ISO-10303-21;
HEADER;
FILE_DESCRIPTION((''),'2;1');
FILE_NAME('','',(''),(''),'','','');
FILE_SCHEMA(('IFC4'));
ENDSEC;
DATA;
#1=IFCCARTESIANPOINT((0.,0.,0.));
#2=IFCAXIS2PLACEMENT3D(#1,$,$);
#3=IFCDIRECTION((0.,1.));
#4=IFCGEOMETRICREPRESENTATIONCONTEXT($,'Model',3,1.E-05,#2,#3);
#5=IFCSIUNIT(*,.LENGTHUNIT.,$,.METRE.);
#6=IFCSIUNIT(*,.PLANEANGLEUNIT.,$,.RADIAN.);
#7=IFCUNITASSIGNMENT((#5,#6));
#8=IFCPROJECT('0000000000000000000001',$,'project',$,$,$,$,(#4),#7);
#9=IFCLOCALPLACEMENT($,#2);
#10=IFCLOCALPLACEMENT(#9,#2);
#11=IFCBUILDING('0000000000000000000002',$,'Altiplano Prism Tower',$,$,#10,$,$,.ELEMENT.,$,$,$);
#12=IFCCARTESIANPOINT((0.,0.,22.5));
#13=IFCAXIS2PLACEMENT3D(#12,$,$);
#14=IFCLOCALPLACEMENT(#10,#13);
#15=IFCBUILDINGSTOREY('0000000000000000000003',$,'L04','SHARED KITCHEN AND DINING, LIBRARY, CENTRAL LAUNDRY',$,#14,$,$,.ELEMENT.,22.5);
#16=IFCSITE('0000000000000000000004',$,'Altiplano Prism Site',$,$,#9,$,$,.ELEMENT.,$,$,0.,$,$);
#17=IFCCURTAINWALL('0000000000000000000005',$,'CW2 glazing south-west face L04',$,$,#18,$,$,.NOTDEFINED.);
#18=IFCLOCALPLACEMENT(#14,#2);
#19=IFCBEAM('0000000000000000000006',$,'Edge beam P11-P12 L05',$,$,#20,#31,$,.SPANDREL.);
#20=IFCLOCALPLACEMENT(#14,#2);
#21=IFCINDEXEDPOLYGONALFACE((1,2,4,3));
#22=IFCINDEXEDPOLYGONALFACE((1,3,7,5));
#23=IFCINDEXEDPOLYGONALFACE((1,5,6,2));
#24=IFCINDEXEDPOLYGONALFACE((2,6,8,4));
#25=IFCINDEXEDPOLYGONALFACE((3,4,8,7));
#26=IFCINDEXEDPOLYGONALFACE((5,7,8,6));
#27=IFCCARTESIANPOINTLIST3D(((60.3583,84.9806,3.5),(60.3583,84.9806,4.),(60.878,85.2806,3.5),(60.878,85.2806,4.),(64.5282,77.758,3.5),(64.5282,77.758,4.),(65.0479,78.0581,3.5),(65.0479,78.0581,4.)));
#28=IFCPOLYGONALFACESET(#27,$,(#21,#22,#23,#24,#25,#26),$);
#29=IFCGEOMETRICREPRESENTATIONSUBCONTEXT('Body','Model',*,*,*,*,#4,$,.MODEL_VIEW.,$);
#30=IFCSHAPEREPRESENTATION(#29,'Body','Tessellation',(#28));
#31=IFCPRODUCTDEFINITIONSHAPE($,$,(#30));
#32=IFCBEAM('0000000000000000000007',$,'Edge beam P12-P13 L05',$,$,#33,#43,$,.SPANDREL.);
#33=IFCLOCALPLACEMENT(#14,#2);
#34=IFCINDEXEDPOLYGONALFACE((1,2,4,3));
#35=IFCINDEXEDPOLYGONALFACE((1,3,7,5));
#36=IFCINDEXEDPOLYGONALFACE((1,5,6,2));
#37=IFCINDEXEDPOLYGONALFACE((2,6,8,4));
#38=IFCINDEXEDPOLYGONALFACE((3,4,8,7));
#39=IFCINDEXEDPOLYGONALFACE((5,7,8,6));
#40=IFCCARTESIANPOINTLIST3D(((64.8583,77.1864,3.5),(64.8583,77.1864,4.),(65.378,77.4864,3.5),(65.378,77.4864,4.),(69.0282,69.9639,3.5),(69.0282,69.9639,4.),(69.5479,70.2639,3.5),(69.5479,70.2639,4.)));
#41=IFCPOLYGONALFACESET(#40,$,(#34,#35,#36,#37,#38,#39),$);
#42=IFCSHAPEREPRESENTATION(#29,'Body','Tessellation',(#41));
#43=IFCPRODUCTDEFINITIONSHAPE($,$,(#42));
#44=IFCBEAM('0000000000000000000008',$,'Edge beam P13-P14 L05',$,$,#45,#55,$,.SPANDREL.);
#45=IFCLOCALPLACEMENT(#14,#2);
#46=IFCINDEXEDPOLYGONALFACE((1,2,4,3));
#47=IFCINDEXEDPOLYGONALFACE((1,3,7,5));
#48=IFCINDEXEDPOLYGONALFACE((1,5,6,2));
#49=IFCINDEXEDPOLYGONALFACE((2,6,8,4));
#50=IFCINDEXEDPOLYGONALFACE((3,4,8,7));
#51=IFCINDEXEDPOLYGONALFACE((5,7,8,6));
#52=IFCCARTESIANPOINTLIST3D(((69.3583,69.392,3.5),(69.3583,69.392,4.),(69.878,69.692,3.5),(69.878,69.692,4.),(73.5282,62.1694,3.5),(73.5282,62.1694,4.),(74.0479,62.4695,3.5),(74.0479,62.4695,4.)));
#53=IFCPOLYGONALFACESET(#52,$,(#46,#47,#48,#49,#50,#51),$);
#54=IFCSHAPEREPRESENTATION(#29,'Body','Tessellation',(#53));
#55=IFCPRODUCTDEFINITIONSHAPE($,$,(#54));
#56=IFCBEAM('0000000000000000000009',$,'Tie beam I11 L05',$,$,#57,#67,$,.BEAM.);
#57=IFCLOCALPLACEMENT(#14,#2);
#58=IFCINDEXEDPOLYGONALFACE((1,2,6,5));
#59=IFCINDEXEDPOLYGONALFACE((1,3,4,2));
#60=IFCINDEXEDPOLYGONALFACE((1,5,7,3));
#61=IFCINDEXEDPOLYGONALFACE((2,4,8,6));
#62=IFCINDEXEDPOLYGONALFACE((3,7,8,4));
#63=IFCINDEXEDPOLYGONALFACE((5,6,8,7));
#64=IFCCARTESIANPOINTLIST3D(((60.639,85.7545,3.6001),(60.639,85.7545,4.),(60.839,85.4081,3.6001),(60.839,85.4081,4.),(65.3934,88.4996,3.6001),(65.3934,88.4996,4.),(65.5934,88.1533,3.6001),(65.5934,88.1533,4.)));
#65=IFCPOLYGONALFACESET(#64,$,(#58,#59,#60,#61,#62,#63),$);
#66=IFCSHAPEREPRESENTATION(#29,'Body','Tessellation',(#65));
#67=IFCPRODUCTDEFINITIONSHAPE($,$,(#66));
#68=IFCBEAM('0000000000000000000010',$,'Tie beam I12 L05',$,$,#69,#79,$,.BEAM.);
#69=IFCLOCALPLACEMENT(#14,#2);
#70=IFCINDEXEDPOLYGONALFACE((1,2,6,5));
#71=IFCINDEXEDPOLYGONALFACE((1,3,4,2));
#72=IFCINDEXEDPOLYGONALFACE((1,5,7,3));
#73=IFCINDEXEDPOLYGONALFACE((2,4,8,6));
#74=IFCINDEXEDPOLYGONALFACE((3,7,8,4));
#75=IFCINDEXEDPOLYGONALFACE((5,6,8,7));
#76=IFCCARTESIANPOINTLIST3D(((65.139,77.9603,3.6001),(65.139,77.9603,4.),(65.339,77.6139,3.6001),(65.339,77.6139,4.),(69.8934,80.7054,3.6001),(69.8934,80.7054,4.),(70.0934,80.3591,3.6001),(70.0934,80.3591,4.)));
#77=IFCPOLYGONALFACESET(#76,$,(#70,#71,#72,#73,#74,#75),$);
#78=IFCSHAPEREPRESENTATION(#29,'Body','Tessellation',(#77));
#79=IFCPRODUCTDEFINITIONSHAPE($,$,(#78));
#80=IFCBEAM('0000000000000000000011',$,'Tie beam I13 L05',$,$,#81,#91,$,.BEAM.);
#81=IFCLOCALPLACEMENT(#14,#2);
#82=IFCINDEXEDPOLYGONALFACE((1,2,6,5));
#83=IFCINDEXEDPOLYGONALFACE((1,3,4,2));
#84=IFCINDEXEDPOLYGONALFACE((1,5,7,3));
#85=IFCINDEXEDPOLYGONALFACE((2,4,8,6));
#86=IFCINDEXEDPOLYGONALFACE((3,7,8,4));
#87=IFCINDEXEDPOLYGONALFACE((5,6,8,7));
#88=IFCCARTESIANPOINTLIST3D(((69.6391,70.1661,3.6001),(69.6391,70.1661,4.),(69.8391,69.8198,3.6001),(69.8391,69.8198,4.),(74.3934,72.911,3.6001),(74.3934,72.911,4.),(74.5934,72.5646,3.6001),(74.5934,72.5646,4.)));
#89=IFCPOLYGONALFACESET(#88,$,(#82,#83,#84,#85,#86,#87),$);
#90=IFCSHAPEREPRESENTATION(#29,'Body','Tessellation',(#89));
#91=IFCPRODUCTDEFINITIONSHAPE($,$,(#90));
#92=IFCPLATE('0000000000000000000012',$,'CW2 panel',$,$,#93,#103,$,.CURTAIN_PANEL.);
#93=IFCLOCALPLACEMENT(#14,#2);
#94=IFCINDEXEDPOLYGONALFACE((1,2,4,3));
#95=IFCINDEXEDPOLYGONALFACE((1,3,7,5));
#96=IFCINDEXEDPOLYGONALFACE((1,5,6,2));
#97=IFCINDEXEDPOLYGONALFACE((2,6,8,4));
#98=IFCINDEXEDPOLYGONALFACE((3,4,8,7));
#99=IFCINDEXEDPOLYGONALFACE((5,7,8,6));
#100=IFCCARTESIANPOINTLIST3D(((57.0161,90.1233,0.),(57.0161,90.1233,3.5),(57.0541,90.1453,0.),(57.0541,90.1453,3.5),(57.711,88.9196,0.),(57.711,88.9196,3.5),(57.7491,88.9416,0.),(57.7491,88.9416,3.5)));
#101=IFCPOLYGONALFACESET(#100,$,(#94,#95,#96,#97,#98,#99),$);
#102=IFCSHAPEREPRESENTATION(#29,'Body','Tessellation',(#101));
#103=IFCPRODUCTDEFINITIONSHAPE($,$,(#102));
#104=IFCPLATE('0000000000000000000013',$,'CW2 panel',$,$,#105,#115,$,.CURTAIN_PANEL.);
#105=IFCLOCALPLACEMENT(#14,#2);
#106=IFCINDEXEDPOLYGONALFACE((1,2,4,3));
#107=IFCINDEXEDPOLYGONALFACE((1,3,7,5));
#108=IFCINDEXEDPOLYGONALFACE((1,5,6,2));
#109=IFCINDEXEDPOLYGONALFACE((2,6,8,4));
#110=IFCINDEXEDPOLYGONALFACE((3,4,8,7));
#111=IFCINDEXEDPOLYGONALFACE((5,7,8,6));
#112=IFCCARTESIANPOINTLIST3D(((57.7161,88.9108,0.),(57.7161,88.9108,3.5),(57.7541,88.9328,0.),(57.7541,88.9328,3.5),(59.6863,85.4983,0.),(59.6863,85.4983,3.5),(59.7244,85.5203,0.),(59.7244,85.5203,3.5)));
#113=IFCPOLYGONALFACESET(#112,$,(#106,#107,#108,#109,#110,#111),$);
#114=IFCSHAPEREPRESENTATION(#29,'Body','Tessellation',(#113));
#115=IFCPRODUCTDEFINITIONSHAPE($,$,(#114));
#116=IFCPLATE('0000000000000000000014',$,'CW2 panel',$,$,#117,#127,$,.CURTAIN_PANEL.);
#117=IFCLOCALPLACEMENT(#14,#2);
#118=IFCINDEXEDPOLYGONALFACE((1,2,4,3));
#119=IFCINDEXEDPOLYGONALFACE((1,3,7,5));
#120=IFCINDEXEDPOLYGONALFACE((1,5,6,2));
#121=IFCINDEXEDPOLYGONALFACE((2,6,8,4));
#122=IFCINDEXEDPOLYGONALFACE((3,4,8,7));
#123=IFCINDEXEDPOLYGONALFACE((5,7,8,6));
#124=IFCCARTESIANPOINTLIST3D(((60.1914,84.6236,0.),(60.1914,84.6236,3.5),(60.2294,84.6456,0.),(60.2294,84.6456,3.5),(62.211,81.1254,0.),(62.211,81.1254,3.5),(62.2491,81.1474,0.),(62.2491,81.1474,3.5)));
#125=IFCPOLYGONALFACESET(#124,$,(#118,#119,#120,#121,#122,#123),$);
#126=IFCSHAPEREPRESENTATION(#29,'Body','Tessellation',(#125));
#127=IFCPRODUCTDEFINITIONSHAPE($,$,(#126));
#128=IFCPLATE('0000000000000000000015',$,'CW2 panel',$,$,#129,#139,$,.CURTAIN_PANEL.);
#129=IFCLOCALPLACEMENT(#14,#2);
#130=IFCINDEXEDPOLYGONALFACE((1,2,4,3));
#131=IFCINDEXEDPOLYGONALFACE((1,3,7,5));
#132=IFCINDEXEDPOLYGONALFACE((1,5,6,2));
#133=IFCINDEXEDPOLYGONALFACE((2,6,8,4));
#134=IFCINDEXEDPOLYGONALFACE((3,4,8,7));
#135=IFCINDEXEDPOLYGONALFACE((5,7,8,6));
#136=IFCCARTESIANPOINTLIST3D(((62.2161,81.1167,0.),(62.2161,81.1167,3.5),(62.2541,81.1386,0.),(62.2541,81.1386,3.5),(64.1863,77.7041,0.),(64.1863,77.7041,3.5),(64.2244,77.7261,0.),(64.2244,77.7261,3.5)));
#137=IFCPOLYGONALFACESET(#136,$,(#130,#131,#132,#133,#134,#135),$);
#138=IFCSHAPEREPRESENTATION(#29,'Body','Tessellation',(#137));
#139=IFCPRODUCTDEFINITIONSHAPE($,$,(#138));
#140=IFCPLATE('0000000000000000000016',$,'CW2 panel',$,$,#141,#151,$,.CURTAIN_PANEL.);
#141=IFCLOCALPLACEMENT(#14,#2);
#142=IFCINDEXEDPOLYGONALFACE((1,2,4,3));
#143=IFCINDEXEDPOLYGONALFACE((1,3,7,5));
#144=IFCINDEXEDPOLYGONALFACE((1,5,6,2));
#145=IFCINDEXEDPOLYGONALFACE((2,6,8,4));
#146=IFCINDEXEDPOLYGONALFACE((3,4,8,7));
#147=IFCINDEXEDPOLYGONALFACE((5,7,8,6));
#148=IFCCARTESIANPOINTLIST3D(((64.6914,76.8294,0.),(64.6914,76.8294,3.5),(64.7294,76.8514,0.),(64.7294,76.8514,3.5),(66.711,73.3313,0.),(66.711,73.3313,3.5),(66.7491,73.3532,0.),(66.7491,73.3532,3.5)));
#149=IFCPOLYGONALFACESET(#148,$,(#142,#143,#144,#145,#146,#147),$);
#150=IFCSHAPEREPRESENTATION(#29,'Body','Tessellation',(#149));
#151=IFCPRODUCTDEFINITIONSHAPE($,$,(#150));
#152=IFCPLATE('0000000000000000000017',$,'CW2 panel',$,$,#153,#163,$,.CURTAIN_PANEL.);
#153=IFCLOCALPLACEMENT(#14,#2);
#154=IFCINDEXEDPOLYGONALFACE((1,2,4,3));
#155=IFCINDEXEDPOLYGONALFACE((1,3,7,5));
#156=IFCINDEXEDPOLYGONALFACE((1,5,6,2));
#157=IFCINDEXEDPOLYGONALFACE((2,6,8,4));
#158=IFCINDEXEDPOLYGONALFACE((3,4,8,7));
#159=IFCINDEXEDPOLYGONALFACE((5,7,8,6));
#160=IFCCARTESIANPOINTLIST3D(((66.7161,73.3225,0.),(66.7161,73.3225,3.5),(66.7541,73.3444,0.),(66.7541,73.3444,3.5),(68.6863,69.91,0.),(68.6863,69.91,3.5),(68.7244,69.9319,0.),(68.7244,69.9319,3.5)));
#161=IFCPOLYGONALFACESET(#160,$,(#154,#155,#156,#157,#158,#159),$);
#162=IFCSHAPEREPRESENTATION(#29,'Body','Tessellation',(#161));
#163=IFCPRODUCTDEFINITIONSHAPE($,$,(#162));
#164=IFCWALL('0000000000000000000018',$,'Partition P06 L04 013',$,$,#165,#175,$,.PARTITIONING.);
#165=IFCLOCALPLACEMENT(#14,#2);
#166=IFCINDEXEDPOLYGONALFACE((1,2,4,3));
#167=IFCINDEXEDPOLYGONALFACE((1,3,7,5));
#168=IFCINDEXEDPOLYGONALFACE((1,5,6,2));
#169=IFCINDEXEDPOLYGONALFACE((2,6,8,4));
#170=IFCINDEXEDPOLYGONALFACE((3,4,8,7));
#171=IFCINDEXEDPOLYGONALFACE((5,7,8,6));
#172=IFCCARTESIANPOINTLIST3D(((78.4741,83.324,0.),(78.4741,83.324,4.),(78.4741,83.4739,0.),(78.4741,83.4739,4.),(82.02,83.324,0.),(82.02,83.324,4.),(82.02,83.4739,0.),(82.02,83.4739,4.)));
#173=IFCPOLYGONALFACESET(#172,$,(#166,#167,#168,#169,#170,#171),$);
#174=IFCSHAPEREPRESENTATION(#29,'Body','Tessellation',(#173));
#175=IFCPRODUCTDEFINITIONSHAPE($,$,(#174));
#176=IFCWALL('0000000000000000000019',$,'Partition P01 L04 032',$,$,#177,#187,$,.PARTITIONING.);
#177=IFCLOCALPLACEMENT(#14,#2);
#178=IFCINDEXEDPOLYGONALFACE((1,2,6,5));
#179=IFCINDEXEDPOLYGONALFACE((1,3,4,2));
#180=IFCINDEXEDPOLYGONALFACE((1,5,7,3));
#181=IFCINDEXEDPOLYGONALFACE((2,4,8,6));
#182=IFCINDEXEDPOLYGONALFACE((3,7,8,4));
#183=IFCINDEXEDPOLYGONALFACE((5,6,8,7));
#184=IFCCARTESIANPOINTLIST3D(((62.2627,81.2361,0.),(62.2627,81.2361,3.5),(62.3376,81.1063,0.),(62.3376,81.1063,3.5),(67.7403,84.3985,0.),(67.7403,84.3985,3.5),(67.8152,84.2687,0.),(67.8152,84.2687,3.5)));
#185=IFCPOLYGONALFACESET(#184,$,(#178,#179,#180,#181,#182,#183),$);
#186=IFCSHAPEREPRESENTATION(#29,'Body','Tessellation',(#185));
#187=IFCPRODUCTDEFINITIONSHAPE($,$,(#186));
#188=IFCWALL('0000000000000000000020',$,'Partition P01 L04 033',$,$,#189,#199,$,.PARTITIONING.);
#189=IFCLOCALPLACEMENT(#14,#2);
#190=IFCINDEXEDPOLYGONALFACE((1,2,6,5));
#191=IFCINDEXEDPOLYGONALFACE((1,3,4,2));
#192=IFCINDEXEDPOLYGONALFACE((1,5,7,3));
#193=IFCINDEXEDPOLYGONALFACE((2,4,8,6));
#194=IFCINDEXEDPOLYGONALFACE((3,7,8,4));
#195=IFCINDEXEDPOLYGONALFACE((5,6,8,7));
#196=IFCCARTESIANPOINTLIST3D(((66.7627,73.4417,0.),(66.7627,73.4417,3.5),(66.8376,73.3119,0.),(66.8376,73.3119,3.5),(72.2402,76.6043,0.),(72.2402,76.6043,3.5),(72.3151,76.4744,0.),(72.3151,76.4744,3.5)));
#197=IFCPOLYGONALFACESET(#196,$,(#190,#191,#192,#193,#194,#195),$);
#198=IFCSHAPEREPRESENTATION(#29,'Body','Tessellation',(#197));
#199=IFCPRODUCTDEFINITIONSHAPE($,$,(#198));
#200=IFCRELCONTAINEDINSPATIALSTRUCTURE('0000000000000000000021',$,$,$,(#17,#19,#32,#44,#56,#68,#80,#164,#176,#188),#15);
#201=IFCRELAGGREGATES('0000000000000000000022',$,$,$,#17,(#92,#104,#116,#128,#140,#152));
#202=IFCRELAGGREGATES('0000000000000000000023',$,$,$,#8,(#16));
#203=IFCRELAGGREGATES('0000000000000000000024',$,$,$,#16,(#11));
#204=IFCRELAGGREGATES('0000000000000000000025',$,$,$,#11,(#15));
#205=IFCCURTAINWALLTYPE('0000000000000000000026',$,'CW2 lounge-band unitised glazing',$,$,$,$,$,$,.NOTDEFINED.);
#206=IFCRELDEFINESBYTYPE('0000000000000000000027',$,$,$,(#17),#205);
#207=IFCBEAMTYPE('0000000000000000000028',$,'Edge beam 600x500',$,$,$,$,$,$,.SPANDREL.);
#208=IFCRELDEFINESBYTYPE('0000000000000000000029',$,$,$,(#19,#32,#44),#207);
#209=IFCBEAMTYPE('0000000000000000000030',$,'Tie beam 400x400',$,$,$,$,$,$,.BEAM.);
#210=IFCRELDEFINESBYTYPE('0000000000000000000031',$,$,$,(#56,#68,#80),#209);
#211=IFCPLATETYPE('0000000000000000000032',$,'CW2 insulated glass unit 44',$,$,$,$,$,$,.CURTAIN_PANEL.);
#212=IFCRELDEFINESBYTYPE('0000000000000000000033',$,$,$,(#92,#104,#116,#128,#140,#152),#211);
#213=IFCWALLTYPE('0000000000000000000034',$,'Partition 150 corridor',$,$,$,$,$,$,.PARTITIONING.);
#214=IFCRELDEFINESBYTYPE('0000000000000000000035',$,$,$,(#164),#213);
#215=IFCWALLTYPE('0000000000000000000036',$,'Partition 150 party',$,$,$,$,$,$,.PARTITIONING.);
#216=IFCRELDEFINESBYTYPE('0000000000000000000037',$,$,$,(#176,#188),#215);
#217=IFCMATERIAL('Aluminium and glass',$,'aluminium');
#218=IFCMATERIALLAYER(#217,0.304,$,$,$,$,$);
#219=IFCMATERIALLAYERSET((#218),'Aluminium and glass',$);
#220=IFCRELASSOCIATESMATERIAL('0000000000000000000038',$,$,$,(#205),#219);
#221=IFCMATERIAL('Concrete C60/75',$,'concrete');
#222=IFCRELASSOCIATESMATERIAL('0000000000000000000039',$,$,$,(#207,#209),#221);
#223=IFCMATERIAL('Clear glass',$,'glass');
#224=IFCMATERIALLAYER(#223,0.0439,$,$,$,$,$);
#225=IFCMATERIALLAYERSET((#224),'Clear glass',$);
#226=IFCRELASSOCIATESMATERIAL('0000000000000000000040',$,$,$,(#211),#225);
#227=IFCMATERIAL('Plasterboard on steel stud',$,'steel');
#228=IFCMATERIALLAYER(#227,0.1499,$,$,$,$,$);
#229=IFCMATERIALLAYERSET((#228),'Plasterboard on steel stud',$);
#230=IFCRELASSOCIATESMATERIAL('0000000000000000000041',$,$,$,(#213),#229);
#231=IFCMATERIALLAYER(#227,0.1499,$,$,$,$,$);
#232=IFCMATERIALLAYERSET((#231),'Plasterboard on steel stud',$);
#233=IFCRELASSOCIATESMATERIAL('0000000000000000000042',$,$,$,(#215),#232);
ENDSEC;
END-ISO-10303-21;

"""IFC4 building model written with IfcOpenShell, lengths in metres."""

from ifc_helpers import new_model, si_unit, direction, frame, frame_2d, origin, origin_2d, place, context, subcontext, project, spatial, rectangle, extrude, material, layer, layer_set, material_profile, profile_set, type_object, element, aggregate, save


model = new_model("IFC4")

# Units and contexts
model_context = context("Model", 3, precision=1e-05, world=origin(), true_north=direction((0.0, 1.0)))
body_context = subcontext(model_context, "Body", "Model", "MODEL_VIEW")
ifc_project = project(units=[si_unit("LENGTHUNIT", "METRE"), si_unit("PLANEANGLEUNIT", "RADIAN")], contexts=[model_context])

# Site, building, storey
site_placement = place(None, origin())
site = spatial("IfcSite", under=ifc_project, at=site_placement, Name="Altiplano Prism Site", CompositionType="ELEMENT", RefElevation=0.0)
building_placement = place(site_placement, origin())
building = spatial("IfcBuilding", under=site, at=building_placement, Name="Altiplano Prism Tower", CompositionType="ELEMENT")
storey_placement = place(building_placement, frame((0.0, 0.0, 22.5)))
storey = spatial("IfcBuildingStorey", under=building, at=storey_placement, Name="L04", Description="SHARED KITCHEN AND DINING, LIBRARY, CENTRAL LAUNDRY", CompositionType="ELEMENT", Elevation=22.5)

# Shared definitions
ifc_material_1 = material(Name="Concrete C60/75", Category="concrete")

# Curtain wall
ifc_material_2 = material(Name="Aluminium and glass", Category="aluminium")
ifc_layer_1 = layer(ifc_material_2, 0.304)
ifc_layer_set_1 = layer_set([ifc_layer_1], Name="Aluminium and glass")
curtain_wall_type = type_object("IfcCurtainWallType", Name="CW2 lounge-band unitised glazing", PredefinedType="NOTDEFINED", material=ifc_layer_set_1)
curtain_wall_placement = place(storey_placement, origin())
curtain_wall = element("IfcCurtainWall", 1, at=curtain_wall_placement, inside=storey, type_object=curtain_wall_type, Name="CW2 glazing south-west face L04", PredefinedType="NOTDEFINED")

# Beams
ifc_material_profile_1 = material_profile(ifc_material_1, rectangle(XDim=0.6001, YDim=0.5, at=origin_2d()), Name="Edge beam 600x500")
ifc_profile_set_1 = profile_set([ifc_material_profile_1], Name="Concrete C60/75")
beam_type_1 = type_object("IfcBeamType", Name="Edge beam 600x500", PredefinedType="SPANDREL", material=ifc_profile_set_1)
for number, where, z_axis, x_axis, name in (
    (2, (60.6182, 85.1306, 3.75), (0.499993, -0.86603, 0.0), (0.86603, 0.499993, 0.0), "Edge beam P11-P12 L05"),
    (3, (65.1182, 77.3364, 3.75), (0.499993, -0.86603, 0.0), (0.86603, 0.499993, 0.0), "Edge beam P12-P13 L05"),
    (4, (69.6182, 69.542, 3.75), (0.499993, -0.86603, 0.0), (0.86603, 0.499993, 0.0), "Edge beam P13-P14 L05"),
):
    element("IfcBeam", number, at=place(storey_placement, frame(where, z_axis=z_axis, x_axis=x_axis)), inside=storey, type_object=beam_type_1, Name=name, PredefinedType="SPANDREL", context=body_context, shape_type="SweptSolid", body=[
        extrude(rectangle(XDim=0.6001, YDim=0.5, at=origin_2d()), origin(), (0.0, 0.0, 1.0), 8.3398),
    ])
ifc_material_profile_2 = material_profile(ifc_material_1, rectangle(XDim=0.3999, YDim=0.3999, at=origin_2d()), Name="Tie beam 400x400")
ifc_profile_set_2 = profile_set([ifc_material_profile_2], Name="Concrete C60/75")
beam_type_2 = type_object("IfcBeamType", Name="Tie beam 400x400", PredefinedType="BEAM", material=ifc_profile_set_2)
for number, where, z_axis, x_axis, name in (
    (5, (65.4934, 88.3264, 3.8), (-0.866012, -0.500023, 0.0), (0.500023, -0.866012, 0.0), "Tie beam I11 L05"),
    (6, (69.9934, 80.5322, 3.8), (-0.866012, -0.500023, 0.0), (0.500023, -0.866012, 0.0), "Tie beam I12 L05"),
):
    element("IfcBeam", number, at=place(storey_placement, frame(where, z_axis=z_axis, x_axis=x_axis)), inside=storey, type_object=beam_type_2, Name=name, PredefinedType="BEAM", context=body_context, shape_type="SweptSolid", body=[
        extrude(rectangle(XDim=0.3999, YDim=0.3999, at=origin_2d()), origin(), (0.0, 0.0, 1.0), 5.49),
    ])
beam_placement = place(storey_placement, frame((74.4934, 72.7378, 3.8), z_axis=(-0.866032, -0.499989, 0.0), x_axis=(0.499989, -0.866032, 0.0)))
element("IfcBeam", 7, at=beam_placement, inside=storey, type_object=beam_type_2, Name="Tie beam I13 L05", PredefinedType="BEAM", context=body_context, shape_type="SweptSolid", body=[
    extrude(rectangle(XDim=0.3999, YDim=0.3999, at=origin_2d()), origin(), (0.0, 0.0, 1.0), 5.4897),
])

# Plates
ifc_material_3 = material(Name="Clear glass", Category="glass")
ifc_layer_2 = layer(ifc_material_3, 0.0439)
ifc_layer_set_2 = layer_set([ifc_layer_2], Name="Clear glass")
plate_type = type_object("IfcPlateType", Name="CW2 insulated glass unit 44", PredefinedType="CURTAIN_PANEL", material=ifc_layer_set_2)
plate_1_placement = place(storey_placement, frame((57.3826, 89.5325, 0.0), z_axis=(0.0, 0.0, 1.0), x_axis=(0.5, -0.866025, 0.0)))
plate_1 = element("IfcPlate", 8, at=plate_1_placement, type_object=plate_type, Name="CW2 panel", PredefinedType="CURTAIN_PANEL", context=body_context, shape_type="SweptSolid", body=[
    extrude(rectangle(XDim=1.3899, YDim=0.0439, at=origin_2d()), origin(), (0.0, 0.0, 1.0), 3.5),
])
plate_2_placement = place(storey_placement, frame((58.7202, 87.2156, 0.0), z_axis=(0.0, 0.0, 1.0), x_axis=(0.5, -0.866025, 0.0)))
plate_2 = element("IfcPlate", 9, at=plate_2_placement, type_object=plate_type, Name="CW2 panel", PredefinedType="CURTAIN_PANEL", context=body_context, shape_type="SweptSolid", body=[
    extrude(rectangle(XDim=3.9404, YDim=0.0439, at=origin_2d()), origin(), (0.0, 0.0, 1.0), 3.5),
])
plate_3_placement = place(storey_placement, frame((61.2202, 82.8855, 0.0), z_axis=(0.0, 0.0, 1.0), x_axis=(0.5, -0.866025, 0.0)))
plate_3 = element("IfcPlate", 10, at=plate_3_placement, type_object=plate_type, Name="CW2 panel", PredefinedType="CURTAIN_PANEL", context=body_context, shape_type="SweptSolid", body=[
    extrude(rectangle(XDim=4.0393, YDim=0.0439, at=origin_2d()), origin(), (0.0, 0.0, 1.0), 3.5),
])
plate_4_placement = place(storey_placement, frame((63.2202, 79.4214, 0.0), z_axis=(0.0, 0.0, 1.0), x_axis=(0.5, -0.866025, 0.0)))
plate_4 = element("IfcPlate", 11, at=plate_4_placement, type_object=plate_type, Name="CW2 panel", PredefinedType="CURTAIN_PANEL", context=body_context, shape_type="SweptSolid", body=[
    extrude(rectangle(XDim=3.9404, YDim=0.0439, at=origin_2d()), origin(), (0.0, 0.0, 1.0), 3.5),
])
plate_5_placement = place(storey_placement, frame((65.7202, 75.0913, 0.0), z_axis=(0.0, 0.0, 1.0), x_axis=(0.5, -0.866025, 0.0)))
plate_5 = element("IfcPlate", 12, at=plate_5_placement, type_object=plate_type, Name="CW2 panel", PredefinedType="CURTAIN_PANEL", context=body_context, shape_type="SweptSolid", body=[
    extrude(rectangle(XDim=4.0393, YDim=0.0439, at=origin_2d()), origin(), (0.0, 0.0, 1.0), 3.5),
])
plate_6_placement = place(storey_placement, frame((67.7202, 71.6272, 0.0), z_axis=(0.0, 0.0, 1.0), x_axis=(0.5, -0.866025, 0.0)))
plate_6 = element("IfcPlate", 13, at=plate_6_placement, type_object=plate_type, Name="CW2 panel", PredefinedType="CURTAIN_PANEL", context=body_context, shape_type="SweptSolid", body=[
    extrude(rectangle(XDim=3.9404, YDim=0.0439, at=origin_2d()), origin(), (0.0, 0.0, 1.0), 3.5),
])
aggregate(curtain_wall, [plate_1, plate_2, plate_3, plate_4, plate_5, plate_6])

# Walls
ifc_material_4 = material(Name="Plasterboard on steel stud", Category="steel")
ifc_layer_3 = layer(ifc_material_4, 0.1499)
ifc_layer_set_3 = layer_set([ifc_layer_3], Name="Plasterboard on steel stud")
wall_type_1 = type_object("IfcWallType", Name="Partition 150 corridor", PredefinedType="PARTITIONING", material=ifc_layer_set_3)
wall_1_placement = place(storey_placement, frame((78.4741, 83.3989, 0.0), z_axis=(0.0, 0.0, 1.0), x_axis=(1.0, 0.0, 0.0)))
element("IfcWall", 14, at=wall_1_placement, inside=storey, type_object=wall_type_1, Name="Partition P06 L04 013", PredefinedType="PARTITIONING", context=body_context, shape_type="SweptSolid", body=[
    extrude(rectangle(XDim=3.5459, YDim=0.1499, at=frame_2d((1.7729, 0.0))), origin(), (0.0, 0.0, 1.0), 4.0),
])
ifc_layer_4 = layer(ifc_material_4, 0.1499)
ifc_layer_set_4 = layer_set([ifc_layer_4], Name="Plasterboard on steel stud")
wall_type_2 = type_object("IfcWallType", Name="Partition 150 party", PredefinedType="PARTITIONING", material=ifc_layer_set_4)
for number, where, z_axis, x_axis, name in (
    (15, (62.3, 81.1711, 0.0), (0.0, 0.0, 1.0), (0.866033, 0.499988, 0.0), "Partition P01 L04 032"),
    (16, (66.8, 73.3767, 0.0), (0.0, 0.0, 1.0), (0.866016, 0.500016, 0.0), "Partition P01 L04 033"),
):
    element("IfcWall", number, at=place(storey_placement, frame(where, z_axis=z_axis, x_axis=x_axis)), inside=storey, type_object=wall_type_2, Name=name, PredefinedType="PARTITIONING", context=body_context, shape_type="SweptSolid", body=[
        extrude(rectangle(XDim=6.325, YDim=0.1499, at=frame_2d((3.1626, 0.0))), origin(), (0.0, 0.0, 1.0), 3.5),
    ])

save(model, "model.ifc")
